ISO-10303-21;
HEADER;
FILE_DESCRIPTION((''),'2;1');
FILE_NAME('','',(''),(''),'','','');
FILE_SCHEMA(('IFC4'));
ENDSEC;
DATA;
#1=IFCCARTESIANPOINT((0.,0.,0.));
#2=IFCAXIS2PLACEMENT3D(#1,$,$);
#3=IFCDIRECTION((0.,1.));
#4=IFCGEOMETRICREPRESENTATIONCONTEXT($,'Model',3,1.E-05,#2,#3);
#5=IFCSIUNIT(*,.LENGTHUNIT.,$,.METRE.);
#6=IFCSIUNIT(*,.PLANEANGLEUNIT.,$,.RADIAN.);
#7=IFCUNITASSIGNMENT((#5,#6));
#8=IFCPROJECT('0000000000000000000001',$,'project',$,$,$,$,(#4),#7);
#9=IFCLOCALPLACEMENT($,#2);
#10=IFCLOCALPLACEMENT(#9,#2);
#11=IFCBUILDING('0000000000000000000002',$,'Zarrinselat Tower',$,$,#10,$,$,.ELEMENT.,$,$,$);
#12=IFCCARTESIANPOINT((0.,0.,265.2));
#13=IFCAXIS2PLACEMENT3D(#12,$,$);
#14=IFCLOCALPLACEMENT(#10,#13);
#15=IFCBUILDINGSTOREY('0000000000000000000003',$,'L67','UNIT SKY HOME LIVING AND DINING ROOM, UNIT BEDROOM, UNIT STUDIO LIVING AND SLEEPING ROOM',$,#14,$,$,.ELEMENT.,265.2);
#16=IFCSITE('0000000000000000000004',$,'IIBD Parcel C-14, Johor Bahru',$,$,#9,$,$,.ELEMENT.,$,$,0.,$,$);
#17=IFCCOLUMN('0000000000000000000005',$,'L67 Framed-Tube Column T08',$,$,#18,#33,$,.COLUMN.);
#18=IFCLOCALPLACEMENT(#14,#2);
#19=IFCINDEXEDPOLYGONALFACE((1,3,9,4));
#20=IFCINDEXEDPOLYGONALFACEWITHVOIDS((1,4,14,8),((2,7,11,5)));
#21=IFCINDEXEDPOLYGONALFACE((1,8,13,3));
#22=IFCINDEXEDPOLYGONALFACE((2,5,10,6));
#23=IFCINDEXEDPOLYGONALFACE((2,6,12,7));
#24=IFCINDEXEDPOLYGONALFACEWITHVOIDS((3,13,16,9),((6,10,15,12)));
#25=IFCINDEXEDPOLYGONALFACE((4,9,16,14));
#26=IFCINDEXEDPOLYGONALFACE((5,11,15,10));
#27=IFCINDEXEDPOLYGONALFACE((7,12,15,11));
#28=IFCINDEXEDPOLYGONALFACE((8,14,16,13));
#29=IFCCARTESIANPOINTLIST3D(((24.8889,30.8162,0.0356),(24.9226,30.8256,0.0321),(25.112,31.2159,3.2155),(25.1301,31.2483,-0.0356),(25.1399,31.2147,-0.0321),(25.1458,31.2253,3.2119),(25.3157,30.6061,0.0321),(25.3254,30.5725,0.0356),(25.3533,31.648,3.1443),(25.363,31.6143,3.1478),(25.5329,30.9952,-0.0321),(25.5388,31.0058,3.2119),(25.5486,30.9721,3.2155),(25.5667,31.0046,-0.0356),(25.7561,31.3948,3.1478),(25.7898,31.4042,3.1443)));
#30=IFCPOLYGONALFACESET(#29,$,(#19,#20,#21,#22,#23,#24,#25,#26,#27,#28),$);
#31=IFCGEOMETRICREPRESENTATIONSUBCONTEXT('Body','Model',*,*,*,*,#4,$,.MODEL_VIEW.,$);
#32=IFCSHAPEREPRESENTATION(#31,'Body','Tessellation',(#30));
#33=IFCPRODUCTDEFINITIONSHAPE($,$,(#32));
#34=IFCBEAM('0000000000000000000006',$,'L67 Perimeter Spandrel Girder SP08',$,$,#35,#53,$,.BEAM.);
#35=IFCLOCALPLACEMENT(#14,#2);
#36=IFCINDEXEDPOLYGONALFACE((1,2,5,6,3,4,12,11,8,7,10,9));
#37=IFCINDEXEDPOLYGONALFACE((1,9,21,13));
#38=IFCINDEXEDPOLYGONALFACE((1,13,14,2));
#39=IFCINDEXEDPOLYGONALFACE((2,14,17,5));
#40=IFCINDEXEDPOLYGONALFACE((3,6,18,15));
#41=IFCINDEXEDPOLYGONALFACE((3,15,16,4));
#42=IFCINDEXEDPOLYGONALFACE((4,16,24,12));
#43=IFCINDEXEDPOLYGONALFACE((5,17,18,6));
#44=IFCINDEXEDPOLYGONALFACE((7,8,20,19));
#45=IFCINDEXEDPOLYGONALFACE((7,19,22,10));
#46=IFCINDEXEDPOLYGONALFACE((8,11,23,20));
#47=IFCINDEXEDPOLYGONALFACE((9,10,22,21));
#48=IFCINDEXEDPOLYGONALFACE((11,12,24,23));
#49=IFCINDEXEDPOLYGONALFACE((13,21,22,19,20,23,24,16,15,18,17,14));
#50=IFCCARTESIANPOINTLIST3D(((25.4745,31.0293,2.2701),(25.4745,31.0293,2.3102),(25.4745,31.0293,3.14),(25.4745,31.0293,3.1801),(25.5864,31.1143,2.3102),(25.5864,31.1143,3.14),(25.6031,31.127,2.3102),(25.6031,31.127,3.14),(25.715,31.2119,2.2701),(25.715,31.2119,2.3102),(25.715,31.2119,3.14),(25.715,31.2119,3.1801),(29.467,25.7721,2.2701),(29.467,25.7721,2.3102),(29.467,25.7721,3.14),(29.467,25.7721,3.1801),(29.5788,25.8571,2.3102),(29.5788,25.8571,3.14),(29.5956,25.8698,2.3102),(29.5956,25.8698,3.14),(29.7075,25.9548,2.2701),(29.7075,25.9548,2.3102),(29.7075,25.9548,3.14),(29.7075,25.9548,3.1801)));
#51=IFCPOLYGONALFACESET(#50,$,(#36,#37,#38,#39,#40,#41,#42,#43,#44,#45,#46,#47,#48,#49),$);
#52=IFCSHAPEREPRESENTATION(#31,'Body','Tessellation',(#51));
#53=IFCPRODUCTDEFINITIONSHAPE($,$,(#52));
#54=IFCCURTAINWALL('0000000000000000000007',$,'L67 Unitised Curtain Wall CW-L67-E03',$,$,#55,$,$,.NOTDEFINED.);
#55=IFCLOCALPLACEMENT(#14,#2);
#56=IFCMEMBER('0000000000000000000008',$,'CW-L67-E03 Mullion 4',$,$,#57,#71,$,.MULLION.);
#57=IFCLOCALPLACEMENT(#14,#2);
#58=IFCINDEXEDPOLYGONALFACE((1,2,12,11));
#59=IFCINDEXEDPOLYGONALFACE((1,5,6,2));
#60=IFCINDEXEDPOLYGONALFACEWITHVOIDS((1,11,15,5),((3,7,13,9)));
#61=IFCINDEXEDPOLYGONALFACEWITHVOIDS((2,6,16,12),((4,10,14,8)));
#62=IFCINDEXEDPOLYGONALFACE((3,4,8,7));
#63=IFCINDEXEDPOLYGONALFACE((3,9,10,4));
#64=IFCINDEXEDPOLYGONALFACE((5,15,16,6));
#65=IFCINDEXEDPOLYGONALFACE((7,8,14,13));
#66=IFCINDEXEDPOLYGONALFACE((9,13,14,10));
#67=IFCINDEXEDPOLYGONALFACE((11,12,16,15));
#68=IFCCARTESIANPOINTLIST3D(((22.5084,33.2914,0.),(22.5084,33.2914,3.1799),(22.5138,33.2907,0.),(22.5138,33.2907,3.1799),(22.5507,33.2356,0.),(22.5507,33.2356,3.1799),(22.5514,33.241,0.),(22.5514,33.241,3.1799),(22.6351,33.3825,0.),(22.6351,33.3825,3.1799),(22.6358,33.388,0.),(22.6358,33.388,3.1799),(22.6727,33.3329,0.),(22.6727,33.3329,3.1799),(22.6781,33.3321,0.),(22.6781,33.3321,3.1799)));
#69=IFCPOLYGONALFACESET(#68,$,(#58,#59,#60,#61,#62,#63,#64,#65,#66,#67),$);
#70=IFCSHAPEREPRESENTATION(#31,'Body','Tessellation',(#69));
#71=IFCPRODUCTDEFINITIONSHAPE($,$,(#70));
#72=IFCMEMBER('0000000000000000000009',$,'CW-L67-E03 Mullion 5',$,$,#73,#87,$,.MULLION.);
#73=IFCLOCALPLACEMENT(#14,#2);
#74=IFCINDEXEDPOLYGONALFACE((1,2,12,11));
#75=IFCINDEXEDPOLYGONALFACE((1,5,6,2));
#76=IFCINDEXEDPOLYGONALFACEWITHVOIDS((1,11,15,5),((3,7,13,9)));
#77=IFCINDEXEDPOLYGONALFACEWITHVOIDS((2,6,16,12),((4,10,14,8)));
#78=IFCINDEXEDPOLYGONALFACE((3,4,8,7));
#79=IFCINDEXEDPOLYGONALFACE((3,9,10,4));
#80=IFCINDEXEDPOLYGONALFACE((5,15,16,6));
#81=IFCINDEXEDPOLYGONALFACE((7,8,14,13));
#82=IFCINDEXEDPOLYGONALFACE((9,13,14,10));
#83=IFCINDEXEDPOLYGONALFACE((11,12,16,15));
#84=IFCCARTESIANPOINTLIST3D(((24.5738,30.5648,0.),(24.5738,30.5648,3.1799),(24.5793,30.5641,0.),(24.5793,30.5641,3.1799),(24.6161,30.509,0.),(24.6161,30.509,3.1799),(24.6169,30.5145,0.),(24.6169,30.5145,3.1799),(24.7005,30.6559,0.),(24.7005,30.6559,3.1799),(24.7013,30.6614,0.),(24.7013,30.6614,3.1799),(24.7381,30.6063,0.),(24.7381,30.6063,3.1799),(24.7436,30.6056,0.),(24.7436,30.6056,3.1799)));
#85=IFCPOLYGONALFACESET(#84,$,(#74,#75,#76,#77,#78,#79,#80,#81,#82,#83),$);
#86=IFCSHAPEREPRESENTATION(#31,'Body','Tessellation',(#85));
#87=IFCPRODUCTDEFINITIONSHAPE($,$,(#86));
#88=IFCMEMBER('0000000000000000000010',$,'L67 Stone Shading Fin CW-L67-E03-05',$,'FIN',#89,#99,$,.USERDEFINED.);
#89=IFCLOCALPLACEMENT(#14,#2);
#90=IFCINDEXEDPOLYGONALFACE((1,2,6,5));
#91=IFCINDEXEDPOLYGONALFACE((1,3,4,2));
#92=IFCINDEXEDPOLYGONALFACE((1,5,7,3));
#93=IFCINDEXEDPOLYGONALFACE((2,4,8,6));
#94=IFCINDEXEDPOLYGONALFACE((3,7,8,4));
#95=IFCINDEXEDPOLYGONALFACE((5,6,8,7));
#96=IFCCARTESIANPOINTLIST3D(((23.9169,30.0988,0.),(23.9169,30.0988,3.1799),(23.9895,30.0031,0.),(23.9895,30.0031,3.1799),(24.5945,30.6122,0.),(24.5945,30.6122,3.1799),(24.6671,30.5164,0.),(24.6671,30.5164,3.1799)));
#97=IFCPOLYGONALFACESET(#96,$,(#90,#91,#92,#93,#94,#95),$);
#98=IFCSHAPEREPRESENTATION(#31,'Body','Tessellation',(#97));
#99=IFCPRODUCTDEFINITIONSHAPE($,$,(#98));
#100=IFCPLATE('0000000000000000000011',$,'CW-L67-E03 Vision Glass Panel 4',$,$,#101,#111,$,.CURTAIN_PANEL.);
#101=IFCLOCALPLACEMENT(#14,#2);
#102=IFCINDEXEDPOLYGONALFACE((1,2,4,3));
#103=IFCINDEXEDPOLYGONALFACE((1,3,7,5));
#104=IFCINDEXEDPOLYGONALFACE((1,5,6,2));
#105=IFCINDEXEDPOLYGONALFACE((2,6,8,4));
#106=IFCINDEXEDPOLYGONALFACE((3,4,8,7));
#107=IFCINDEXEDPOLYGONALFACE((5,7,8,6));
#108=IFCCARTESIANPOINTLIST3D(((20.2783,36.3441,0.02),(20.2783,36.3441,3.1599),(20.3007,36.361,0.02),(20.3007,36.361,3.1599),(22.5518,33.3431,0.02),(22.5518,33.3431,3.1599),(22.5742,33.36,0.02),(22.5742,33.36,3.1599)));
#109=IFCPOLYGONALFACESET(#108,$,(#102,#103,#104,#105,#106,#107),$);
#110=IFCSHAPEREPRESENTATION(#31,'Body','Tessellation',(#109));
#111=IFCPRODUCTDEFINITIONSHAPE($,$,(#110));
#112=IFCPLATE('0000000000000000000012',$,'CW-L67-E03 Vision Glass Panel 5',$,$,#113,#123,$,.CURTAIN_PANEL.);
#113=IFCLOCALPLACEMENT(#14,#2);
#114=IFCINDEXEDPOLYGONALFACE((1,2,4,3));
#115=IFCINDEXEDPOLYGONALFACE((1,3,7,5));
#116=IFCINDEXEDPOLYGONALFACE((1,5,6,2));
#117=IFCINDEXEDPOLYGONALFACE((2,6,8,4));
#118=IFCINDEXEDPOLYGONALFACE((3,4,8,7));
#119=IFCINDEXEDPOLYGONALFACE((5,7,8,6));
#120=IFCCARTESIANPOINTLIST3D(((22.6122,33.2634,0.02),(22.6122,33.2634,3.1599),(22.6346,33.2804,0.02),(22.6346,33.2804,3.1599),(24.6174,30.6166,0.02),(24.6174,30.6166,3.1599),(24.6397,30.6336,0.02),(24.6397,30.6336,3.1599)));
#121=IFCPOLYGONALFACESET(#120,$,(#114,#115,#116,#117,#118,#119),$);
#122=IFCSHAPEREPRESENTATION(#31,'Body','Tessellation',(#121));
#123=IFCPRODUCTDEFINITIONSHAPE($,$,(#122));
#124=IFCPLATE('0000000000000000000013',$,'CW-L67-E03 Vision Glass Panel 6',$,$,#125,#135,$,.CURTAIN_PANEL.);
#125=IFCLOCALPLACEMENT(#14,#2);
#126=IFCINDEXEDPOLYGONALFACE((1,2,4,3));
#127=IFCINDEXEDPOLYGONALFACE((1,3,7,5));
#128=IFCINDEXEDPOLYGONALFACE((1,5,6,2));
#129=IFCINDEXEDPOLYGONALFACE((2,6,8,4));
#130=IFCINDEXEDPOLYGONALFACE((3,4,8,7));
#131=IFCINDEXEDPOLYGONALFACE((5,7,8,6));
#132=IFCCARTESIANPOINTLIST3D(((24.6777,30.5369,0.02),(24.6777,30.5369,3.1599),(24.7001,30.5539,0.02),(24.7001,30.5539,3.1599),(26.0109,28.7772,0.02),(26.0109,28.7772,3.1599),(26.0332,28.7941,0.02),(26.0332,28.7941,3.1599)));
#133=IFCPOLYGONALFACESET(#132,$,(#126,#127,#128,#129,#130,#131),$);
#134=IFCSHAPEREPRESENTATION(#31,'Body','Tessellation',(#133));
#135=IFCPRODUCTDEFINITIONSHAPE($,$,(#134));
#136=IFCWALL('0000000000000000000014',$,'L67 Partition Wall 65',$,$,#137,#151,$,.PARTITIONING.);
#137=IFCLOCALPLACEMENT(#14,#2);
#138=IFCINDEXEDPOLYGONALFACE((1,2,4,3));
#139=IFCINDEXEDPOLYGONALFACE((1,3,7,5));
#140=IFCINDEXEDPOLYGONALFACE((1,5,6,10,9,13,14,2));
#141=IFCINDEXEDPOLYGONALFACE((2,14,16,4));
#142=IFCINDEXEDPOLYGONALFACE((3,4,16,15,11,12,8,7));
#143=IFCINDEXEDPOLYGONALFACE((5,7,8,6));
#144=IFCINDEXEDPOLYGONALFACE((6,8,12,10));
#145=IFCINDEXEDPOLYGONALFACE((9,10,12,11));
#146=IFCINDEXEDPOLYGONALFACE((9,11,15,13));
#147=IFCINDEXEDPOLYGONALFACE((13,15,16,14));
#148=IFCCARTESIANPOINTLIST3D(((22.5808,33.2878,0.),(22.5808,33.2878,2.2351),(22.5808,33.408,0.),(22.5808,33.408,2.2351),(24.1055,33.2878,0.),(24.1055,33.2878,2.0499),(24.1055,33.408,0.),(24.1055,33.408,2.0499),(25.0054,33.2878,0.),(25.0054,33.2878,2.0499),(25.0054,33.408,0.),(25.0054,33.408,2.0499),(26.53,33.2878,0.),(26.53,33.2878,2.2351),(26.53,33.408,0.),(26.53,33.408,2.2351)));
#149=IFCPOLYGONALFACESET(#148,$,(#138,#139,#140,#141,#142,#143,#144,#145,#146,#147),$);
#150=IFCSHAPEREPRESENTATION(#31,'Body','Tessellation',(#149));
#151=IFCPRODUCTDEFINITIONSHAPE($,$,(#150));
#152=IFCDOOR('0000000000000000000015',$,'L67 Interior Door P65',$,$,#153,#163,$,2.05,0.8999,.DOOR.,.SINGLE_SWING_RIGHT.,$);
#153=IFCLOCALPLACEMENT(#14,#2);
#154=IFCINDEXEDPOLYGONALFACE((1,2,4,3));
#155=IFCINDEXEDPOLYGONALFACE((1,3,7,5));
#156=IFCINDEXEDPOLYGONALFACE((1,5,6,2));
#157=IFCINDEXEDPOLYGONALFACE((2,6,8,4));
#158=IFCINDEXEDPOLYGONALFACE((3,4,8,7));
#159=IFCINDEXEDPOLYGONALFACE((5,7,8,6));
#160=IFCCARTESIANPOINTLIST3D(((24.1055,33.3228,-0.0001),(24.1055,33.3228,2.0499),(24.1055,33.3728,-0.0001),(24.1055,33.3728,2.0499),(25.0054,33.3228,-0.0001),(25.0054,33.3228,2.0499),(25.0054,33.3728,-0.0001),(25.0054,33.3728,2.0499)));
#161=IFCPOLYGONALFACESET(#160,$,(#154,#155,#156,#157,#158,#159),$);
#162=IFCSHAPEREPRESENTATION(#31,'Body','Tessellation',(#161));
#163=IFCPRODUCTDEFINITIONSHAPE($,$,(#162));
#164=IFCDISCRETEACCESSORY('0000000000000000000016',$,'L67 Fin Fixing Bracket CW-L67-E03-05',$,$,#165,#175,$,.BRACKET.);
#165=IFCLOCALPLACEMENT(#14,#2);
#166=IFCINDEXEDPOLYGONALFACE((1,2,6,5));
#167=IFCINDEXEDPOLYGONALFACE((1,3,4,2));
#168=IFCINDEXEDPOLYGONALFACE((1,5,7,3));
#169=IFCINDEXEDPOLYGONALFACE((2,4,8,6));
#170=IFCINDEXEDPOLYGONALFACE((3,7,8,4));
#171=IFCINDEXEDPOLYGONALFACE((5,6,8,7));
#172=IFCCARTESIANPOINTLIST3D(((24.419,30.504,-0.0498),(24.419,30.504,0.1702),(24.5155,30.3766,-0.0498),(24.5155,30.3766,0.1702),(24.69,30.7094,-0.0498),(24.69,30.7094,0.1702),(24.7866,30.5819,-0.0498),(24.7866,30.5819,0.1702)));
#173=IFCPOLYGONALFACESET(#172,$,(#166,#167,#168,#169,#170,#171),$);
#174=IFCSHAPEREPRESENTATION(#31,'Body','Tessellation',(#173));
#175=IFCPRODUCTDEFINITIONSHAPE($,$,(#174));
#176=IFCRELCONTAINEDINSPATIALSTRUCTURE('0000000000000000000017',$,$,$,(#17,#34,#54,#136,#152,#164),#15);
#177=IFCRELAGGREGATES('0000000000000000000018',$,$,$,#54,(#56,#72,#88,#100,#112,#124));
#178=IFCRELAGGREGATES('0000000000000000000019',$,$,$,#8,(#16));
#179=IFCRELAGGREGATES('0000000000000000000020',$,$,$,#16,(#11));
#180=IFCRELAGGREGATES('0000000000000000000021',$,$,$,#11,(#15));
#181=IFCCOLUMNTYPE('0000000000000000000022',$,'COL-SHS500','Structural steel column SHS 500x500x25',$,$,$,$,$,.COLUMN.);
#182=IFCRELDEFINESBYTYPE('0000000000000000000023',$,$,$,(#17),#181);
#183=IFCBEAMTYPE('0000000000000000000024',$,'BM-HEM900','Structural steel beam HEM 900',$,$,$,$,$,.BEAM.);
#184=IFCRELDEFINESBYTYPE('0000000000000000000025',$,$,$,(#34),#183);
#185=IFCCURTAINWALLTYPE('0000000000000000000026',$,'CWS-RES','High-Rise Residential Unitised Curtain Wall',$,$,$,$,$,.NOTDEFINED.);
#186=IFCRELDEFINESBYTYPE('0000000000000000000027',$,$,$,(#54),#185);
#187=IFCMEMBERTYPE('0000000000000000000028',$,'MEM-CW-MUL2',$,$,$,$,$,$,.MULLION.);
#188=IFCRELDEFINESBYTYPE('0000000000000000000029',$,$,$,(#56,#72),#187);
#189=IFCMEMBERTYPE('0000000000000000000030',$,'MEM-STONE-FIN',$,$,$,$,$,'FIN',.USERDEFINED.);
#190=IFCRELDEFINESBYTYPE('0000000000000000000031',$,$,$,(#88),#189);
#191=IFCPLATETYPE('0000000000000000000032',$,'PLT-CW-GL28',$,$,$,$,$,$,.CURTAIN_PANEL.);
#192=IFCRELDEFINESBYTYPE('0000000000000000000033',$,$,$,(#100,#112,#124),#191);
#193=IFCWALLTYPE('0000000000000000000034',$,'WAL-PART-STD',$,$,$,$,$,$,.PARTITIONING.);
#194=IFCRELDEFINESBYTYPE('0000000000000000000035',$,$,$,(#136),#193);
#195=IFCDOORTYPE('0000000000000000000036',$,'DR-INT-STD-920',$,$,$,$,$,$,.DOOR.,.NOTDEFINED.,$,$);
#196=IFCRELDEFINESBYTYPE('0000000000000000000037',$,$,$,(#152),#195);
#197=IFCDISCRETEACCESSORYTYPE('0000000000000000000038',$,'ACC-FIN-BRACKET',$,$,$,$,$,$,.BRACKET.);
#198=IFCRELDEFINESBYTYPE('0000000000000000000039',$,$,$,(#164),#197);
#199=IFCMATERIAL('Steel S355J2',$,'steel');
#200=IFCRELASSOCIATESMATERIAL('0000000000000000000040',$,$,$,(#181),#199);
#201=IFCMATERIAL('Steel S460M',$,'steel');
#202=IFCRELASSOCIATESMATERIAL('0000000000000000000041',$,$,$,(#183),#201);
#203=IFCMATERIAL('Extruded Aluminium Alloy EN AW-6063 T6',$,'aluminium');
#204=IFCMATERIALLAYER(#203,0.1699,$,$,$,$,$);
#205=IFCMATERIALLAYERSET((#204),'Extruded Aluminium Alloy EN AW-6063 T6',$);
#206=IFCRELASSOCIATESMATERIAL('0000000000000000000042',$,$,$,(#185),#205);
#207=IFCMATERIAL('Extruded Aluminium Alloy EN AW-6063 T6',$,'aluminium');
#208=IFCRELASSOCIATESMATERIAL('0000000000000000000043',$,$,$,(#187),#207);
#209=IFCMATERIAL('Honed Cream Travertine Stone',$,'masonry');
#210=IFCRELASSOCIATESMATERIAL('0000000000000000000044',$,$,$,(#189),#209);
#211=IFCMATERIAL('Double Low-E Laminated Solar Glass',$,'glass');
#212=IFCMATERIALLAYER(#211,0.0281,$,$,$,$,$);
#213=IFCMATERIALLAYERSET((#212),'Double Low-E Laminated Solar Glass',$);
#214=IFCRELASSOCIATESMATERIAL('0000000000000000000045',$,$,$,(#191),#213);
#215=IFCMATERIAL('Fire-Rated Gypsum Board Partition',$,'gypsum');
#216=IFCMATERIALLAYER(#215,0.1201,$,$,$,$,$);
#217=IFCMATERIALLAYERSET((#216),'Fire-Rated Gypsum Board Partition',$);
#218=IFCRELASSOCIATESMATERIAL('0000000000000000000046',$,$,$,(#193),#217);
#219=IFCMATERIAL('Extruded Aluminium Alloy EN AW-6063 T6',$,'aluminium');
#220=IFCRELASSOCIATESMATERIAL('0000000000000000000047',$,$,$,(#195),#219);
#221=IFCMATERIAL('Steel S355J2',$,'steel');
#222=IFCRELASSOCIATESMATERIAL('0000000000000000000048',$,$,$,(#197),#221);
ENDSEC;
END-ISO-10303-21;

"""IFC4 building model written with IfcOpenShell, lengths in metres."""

from ifc_helpers import new_model, si_unit, direction, frame, frame_2d, origin, origin_2d, place, context, subcontext, project, spatial, rectangle, hollow_rectangle, i_section, extrude, material, layer, layer_set, material_profile, profile_set, type_object, element, fill, aggregate, save


model = new_model("IFC4")

# Units and contexts
model_context = context("Model", 3, precision=1e-05, world=origin(), true_north=direction((0.0, 1.0)))
body_context = subcontext(model_context, "Body", "Model", "MODEL_VIEW")
ifc_project = project(units=[si_unit("LENGTHUNIT", "METRE"), si_unit("PLANEANGLEUNIT", "RADIAN")], contexts=[model_context])

# Site, building, storey
site_placement = place(None, origin())
site = spatial("IfcSite", under=ifc_project, at=site_placement, Name="IIBD Parcel C-14, Johor Bahru", CompositionType="ELEMENT", RefElevation=0.0)
building_placement = place(site_placement, origin())
building = spatial("IfcBuilding", under=site, at=building_placement, Name="Zarrinselat Tower", CompositionType="ELEMENT")
storey_placement = place(building_placement, frame((0.0, 0.0, 265.2)))
storey = spatial("IfcBuildingStorey", under=building, at=storey_placement, Name="L67", Description="UNIT SKY HOME LIVING AND DINING ROOM, UNIT BEDROOM, UNIT STUDIO LIVING AND SLEEPING ROOM", CompositionType="ELEMENT", Elevation=265.2)

# Column
ifc_material_1 = material(Name="Steel S355J2", Category="steel")
ifc_material_profile_1 = material_profile(ifc_material_1, hollow_rectangle(XDim=0.5, YDim=0.5, WallThickness=0.0249, at=origin_2d()), Name="SHS 500x500x25")
ifc_profile_set_1 = profile_set([ifc_material_profile_1], Name="Steel S355J2")
column_type = type_object("IfcColumnType", Name="COL-SHS500", Description="Structural steel column SHS 500x500x25", PredefinedType="COLUMN", material=ifc_profile_set_1)
column_placement = place(storey_placement, frame((25.2278, 30.9104, 0.0), z_axis=(0.069457, 0.124399, 0.989798), x_axis=(-0.873124, 0.487499, 0.0)))
element("IfcColumn", 1, at=column_placement, inside=storey, type_object=column_type, Name="L67 Framed-Tube Column T08", PredefinedType="COLUMN", context=body_context, shape_type="SweptSolid", body=[
    extrude(hollow_rectangle(XDim=0.5, YDim=0.5, WallThickness=0.0249, at=origin_2d()), origin(), (0.0, 0.0, 1.0), 3.2126),
])

# Beam
ifc_material_2 = material(Name="Steel S460M", Category="steel")
ifc_material_profile_2 = material_profile(ifc_material_2, i_section(OverallWidth=0.302, OverallDepth=0.9099, WebThickness=0.021, FlangeThickness=0.04, at=origin_2d()), Name="HEM 900")
ifc_profile_set_2 = profile_set([ifc_material_profile_2], Name="Steel S460M")
beam_type = type_object("IfcBeamType", Name="BM-HEM900", Description="Structural steel beam HEM 900", PredefinedType="BEAM", material=ifc_profile_set_2)
beam_placement = place(storey_placement, frame((25.5947, 31.1206, 2.7251), z_axis=(0.6048, -0.796377, 0.0), x_axis=(0.796377, 0.6048, 0.0)))
element("IfcBeam", 2, at=beam_placement, inside=storey, type_object=beam_type, Name="L67 Perimeter Spandrel Girder SP08", PredefinedType="BEAM", context=body_context, shape_type="SweptSolid", body=[
    extrude(i_section(OverallWidth=0.302, OverallDepth=0.9099, WebThickness=0.021, FlangeThickness=0.04, at=origin_2d()), origin(), (0.0, 0.0, 1.0), 6.6013),
])

# Curtain wall, members, plates
ifc_material_3 = material(Name="Extruded Aluminium Alloy EN AW-6063 T6", Category="aluminium")
ifc_layer_1 = layer(ifc_material_3, 0.1699)
ifc_layer_set_1 = layer_set([ifc_layer_1], Name="Extruded Aluminium Alloy EN AW-6063 T6")
curtain_wall_type = type_object("IfcCurtainWallType", Name="CWS-RES", Description="High-Rise Residential Unitised Curtain Wall", PredefinedType="NOTDEFINED", material=ifc_layer_set_1)
curtain_wall_placement = place(storey_placement, origin())
curtain_wall = element("IfcCurtainWall", 3, at=curtain_wall_placement, inside=storey, type_object=curtain_wall_type, Name="L67 Unitised Curtain Wall CW-L67-E03", PredefinedType="NOTDEFINED")
ifc_material_4 = material(Name="Extruded Aluminium Alloy EN AW-6063 T6", Category="aluminium")
ifc_material_profile_3 = material_profile(ifc_material_4, hollow_rectangle(XDim=0.0701, YDim=0.1599, WallThickness=0.0039, at=origin_2d()), Name="RHS 160x70x4")
ifc_profile_set_3 = profile_set([ifc_material_profile_3], Name="Extruded Aluminium Alloy EN AW-6063 T6")
member_type_1 = type_object("IfcMemberType", Name="MEM-CW-MUL2", PredefinedType="MULLION", material=ifc_profile_set_3)
member_1_placement = place(storey_placement, frame((22.5933, 33.3118, 0.0), z_axis=(0.0, 0.0, 1.0), x_axis=(0.603858, -0.797092, 0.0)))
member_1 = element("IfcMember", 4, at=member_1_placement, type_object=member_type_1, Name="CW-L67-E03 Mullion 4", PredefinedType="MULLION", context=body_context, shape_type="SweptSolid", body=[
    extrude(hollow_rectangle(XDim=0.0701, YDim=0.1599, WallThickness=0.0039, at=origin_2d()), origin(), (0.0, 0.0, 1.0), 3.1799),
])
member_2_placement = place(storey_placement, frame((24.6587, 30.5852, 0.0), z_axis=(0.0, 0.0, 1.0), x_axis=(0.603858, -0.797092, 0.0)))
member_2 = element("IfcMember", 5, at=member_2_placement, type_object=member_type_1, Name="CW-L67-E03 Mullion 5", PredefinedType="MULLION", context=body_context, shape_type="SweptSolid", body=[
    extrude(hollow_rectangle(XDim=0.0701, YDim=0.1599, WallThickness=0.0039, at=origin_2d()), origin(), (0.0, 0.0, 1.0), 3.1799),
])
ifc_material_5 = material(Name="Honed Cream Travertine Stone", Category="masonry")
ifc_material_profile_4 = material_profile(ifc_material_5, rectangle(XDim=0.1201, YDim=0.8501, at=origin_2d()), Name="FIN 850x120")
ifc_profile_set_4 = profile_set([ifc_material_profile_4], Name="Honed Cream Travertine Stone")
member_type_2 = type_object("IfcMemberType", Name="MEM-STONE-FIN", ElementType="FIN", PredefinedType="USERDEFINED", material=ifc_profile_set_4)
member_3_placement = place(storey_placement, frame((24.292, 30.3076, 0.0), z_axis=(0.0, 0.0, 1.0), x_axis=(-0.603858, 0.797092, 0.0)))
member_3 = element("IfcMember", 6, at=member_3_placement, type_object=member_type_2, Name="L67 Stone Shading Fin CW-L67-E03-05", ObjectType="FIN", PredefinedType="USERDEFINED", context=body_context, shape_type="SweptSolid", body=[
    extrude(rectangle(XDim=0.1201, YDim=0.8501, at=origin_2d()), origin(), (0.0, 0.0, 1.0), 3.1799),
])
ifc_material_6 = material(Name="Double Low-E Laminated Solar Glass", Category="glass")
ifc_layer_2 = layer(ifc_material_6, 0.0281)
ifc_layer_set_2 = layer_set([ifc_layer_2], Name="Double Low-E Laminated Solar Glass")
plate_type = type_object("IfcPlateType", Name="PLT-CW-GL28", PredefinedType="CURTAIN_PANEL", material=ifc_layer_set_2)
plate_1_placement = place(storey_placement, frame((21.4263, 34.8521, 0.02), z_axis=(0.0, 0.0, 1.0), x_axis=(0.603858, -0.797092, 0.0)))
plate_1 = element("IfcPlate", 7, at=plate_1_placement, type_object=plate_type, Name="CW-L67-E03 Vision Glass Panel 4", PredefinedType="CURTAIN_PANEL", context=body_context, shape_type="SweptSolid", body=[
    extrude(rectangle(XDim=3.7649, YDim=0.0281, at=origin_2d()), origin(), (0.0, 0.0, 1.0), 3.1399),
])
plate_2_placement = place(storey_placement, frame((23.626, 31.9485, 0.02), z_axis=(0.0, 0.0, 1.0), x_axis=(0.603858, -0.797092, 0.0)))
plate_2 = element("IfcPlate", 8, at=plate_2_placement, type_object=plate_type, Name="CW-L67-E03 Vision Glass Panel 5", PredefinedType="CURTAIN_PANEL", context=body_context, shape_type="SweptSolid", body=[
    extrude(rectangle(XDim=3.3206, YDim=0.0281, at=origin_2d()), origin(), (0.0, 0.0, 1.0), 3.1399),
])
plate_3_placement = place(storey_placement, frame((25.3555, 29.6655, 0.02), z_axis=(0.0, 0.0, 1.0), x_axis=(0.603858, -0.797092, 0.0)))
plate_3 = element("IfcPlate", 9, at=plate_3_placement, type_object=plate_type, Name="CW-L67-E03 Vision Glass Panel 6", PredefinedType="CURTAIN_PANEL", context=body_context, shape_type="SweptSolid", body=[
    extrude(rectangle(XDim=2.2078, YDim=0.0281, at=origin_2d()), origin(), (0.0, 0.0, 1.0), 3.1399),
])
aggregate(curtain_wall, [member_1, member_2, member_3, plate_1, plate_2, plate_3])

# Wall, opening, door
ifc_material_7 = material(Name="Fire-Rated Gypsum Board Partition", Category="gypsum")
ifc_layer_3 = layer(ifc_material_7, 0.1201)
ifc_layer_set_3 = layer_set([ifc_layer_3], Name="Fire-Rated Gypsum Board Partition")
wall_type = type_object("IfcWallType", Name="WAL-PART-STD", PredefinedType="PARTITIONING", material=ifc_layer_set_3)
wall_placement = place(storey_placement, frame((22.5808, 33.3479, 0.0), z_axis=(0.0, 0.0, 1.0), x_axis=(1.0, 0.0, 0.0)))
wall = element("IfcWall", 10, at=wall_placement, inside=storey, type_object=wall_type, Name="L67 Partition Wall 65", PredefinedType="PARTITIONING", context=body_context, shape_type="SweptSolid", body=[
    extrude(rectangle(XDim=3.9492, YDim=0.1201, at=frame_2d((1.9746, 0.0))), origin(), (0.0, 0.0, 1.0), 2.2351),
])
opening_placement = place(wall_placement, frame((1.5247, 0.0, 0.0)))
opening = element("IfcOpeningElement", 11, at=opening_placement, cuts=wall, PredefinedType="OPENING", context=body_context, shape_type="SweptSolid", body=[
    extrude(rectangle(XDim=0.8999, YDim=2.05, at=frame_2d((0.45, 1.0249))), frame((0.0, 0.0701, 0.0), z_axis=(0.0, -1.0, 0.0), x_axis=(1.0, 0.0, 0.0)), (0.0, 0.0, 1.0), 0.1401),
])
ifc_material_8 = material(Name="Extruded Aluminium Alloy EN AW-6063 T6", Category="aluminium")
door_type = type_object("IfcDoorType", Name="DR-INT-STD-920", OperationType="NOTDEFINED", PredefinedType="DOOR", material=ifc_material_8)
door_placement = place(opening_placement, origin())
door = element("IfcDoor", 12, at=door_placement, inside=storey, type_object=door_type, Name="L67 Interior Door P65", OperationType="SINGLE_SWING_RIGHT", OverallHeight=2.05, OverallWidth=0.8999, PredefinedType="DOOR", context=body_context, shape_type="SweptSolid", body=[
    extrude(rectangle(XDim=0.8999, YDim=2.05, at=frame_2d((0.45, 1.0249))), frame((0.0, 0.0249, 0.0), z_axis=(0.0, -1.0, 0.0), x_axis=(1.0, 0.0, 0.0)), (0.0, 0.0, 1.0), 0.05),
])
fill(opening, door)

# Discrete accessory
ifc_material_9 = material(Name="Steel S355J2", Category="steel")
discrete_accessory_type = type_object("IfcDiscreteAccessoryType", Name="ACC-FIN-BRACKET", PredefinedType="BRACKET", material=ifc_material_9)
discrete_accessory_placement = place(storey_placement, frame((24.6028, 30.543, -0.0498), z_axis=(0.0, 0.0, 1.0), x_axis=(-0.797092, -0.603858, 0.0)))
element("IfcDiscreteAccessory", 13, at=discrete_accessory_placement, inside=storey, type_object=discrete_accessory_type, Name="L67 Fin Fixing Bracket CW-L67-E03-05", PredefinedType="BRACKET", context=body_context, shape_type="SweptSolid", body=[
    extrude(rectangle(XDim=0.3401, YDim=0.1599, at=origin_2d()), origin(), (0.0, 0.0, 1.0), 0.22),
])

save(model, "model.ifc")
